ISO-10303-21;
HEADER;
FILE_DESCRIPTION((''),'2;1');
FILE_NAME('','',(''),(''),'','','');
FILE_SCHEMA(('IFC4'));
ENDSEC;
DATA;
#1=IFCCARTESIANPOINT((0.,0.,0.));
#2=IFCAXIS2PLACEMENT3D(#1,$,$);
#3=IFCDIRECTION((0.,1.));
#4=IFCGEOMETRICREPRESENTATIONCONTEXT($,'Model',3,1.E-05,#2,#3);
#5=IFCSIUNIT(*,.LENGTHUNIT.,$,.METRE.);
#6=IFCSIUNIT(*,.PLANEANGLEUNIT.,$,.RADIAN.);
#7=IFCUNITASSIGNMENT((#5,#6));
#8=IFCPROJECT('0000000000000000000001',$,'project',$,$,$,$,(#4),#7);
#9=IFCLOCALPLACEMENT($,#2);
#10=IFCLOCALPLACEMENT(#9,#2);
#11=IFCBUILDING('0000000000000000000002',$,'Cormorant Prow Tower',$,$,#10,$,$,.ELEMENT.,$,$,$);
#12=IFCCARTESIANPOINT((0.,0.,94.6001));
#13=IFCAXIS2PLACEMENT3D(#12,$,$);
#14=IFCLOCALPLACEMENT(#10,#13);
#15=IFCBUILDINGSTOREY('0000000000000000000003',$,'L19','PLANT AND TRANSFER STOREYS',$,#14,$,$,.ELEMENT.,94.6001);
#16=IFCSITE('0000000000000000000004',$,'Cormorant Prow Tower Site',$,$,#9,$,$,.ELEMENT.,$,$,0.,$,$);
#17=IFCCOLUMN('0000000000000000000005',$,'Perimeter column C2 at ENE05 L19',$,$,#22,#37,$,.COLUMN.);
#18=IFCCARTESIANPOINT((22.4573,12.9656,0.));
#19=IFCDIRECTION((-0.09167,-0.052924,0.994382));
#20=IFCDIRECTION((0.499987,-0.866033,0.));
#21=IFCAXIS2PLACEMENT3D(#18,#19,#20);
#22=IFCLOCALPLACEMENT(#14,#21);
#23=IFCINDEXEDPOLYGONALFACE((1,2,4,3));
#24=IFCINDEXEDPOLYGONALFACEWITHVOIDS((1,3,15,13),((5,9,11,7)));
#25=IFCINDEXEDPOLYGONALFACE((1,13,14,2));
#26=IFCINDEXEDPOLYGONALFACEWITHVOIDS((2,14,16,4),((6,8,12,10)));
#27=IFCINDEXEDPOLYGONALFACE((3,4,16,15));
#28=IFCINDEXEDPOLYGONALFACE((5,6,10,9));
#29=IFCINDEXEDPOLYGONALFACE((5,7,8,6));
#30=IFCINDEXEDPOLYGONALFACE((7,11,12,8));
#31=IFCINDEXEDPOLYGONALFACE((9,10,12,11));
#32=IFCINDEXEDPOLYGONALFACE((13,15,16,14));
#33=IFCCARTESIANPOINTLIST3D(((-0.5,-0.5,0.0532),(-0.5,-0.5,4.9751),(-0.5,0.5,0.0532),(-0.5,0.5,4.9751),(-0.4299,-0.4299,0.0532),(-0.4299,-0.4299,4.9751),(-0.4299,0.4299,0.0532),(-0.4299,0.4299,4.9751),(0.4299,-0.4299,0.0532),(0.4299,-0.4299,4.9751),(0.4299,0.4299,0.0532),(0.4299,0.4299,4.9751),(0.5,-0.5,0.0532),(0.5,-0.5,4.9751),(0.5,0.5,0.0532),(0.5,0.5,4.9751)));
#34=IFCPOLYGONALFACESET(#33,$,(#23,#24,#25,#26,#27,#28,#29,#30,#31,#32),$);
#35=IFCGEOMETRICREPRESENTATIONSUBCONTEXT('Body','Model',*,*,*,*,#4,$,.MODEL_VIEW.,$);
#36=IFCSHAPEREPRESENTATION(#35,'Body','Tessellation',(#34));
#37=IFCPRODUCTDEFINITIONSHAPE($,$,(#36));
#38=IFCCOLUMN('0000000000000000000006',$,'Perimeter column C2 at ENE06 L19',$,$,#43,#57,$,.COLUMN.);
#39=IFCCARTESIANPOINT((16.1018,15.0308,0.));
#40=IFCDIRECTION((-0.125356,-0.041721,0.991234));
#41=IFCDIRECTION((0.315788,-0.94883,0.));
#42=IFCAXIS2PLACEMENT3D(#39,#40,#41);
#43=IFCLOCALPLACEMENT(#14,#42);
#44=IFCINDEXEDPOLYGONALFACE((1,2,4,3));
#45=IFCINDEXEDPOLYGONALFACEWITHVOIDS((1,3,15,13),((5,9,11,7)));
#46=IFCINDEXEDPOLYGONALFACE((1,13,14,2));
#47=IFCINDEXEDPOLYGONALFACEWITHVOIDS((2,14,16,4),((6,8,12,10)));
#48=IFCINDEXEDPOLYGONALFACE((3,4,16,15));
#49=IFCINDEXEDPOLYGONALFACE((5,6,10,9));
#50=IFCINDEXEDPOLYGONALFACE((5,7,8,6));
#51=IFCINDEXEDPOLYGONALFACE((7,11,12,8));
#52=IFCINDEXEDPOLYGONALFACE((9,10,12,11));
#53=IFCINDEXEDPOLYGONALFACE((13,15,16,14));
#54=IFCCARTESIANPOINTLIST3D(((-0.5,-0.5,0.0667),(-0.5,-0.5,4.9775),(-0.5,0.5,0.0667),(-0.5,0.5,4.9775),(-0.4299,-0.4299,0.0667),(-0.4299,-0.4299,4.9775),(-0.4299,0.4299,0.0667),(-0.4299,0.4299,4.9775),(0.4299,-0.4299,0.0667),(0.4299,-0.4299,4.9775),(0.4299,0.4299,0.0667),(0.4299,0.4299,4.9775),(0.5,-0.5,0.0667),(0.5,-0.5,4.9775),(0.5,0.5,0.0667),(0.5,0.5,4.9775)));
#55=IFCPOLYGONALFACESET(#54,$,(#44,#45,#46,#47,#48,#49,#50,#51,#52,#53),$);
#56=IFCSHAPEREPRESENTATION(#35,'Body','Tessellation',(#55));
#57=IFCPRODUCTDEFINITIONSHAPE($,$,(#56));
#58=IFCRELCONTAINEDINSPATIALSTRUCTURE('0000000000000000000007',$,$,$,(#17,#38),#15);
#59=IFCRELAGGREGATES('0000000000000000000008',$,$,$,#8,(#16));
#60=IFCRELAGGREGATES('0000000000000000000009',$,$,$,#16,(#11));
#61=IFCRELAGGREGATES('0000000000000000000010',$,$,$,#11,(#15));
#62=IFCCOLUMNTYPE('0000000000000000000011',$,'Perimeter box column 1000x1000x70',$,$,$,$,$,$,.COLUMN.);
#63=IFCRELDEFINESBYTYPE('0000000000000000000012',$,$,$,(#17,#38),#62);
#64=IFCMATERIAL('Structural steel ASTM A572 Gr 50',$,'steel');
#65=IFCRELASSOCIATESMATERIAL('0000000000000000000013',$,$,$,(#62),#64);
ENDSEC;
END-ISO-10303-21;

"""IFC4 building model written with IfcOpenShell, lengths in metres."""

from ifc_helpers import new_model, si_unit, direction, frame, origin, origin_2d, place, context, subcontext, project, spatial, hollow_rectangle, extrude, material, material_profile, profile_set, type_object, element, save


model = new_model("IFC4")

# Units and contexts
model_context = context("Model", 3, precision=1e-05, world=origin(), true_north=direction((0.0, 1.0)))
body_context = subcontext(model_context, "Body", "Model", "MODEL_VIEW")
ifc_project = project(units=[si_unit("LENGTHUNIT", "METRE"), si_unit("PLANEANGLEUNIT", "RADIAN")], contexts=[model_context])

# Site, building, storey
site_placement = place(None, origin())
site = spatial("IfcSite", under=ifc_project, at=site_placement, Name="Cormorant Prow Tower Site", CompositionType="ELEMENT", RefElevation=0.0)
building_placement = place(site_placement, origin())
building = spatial("IfcBuilding", under=site, at=building_placement, Name="Cormorant Prow Tower", CompositionType="ELEMENT")
storey_placement = place(building_placement, frame((0.0, 0.0, 94.6001)))
storey = spatial("IfcBuildingStorey", under=building, at=storey_placement, Name="L19", Description="PLANT AND TRANSFER STOREYS", CompositionType="ELEMENT", Elevation=94.6001)

# Columns
ifc_material_1 = material(Name="Structural steel ASTM A572 Gr 50", Category="steel")
ifc_material_profile_1 = material_profile(ifc_material_1, hollow_rectangle(XDim=1.0, YDim=1.0, WallThickness=0.0701, at=origin_2d()), Name="Box 1000x1000x70")
ifc_profile_set_1 = profile_set([ifc_material_profile_1], Name="Structural steel ASTM A572 Gr 50")
column_type_1 = type_object("IfcColumnType", Name="Perimeter box column 1000x1000x70", PredefinedType="COLUMN", material=ifc_profile_set_1)
column_1_placement = place(storey_placement, frame((22.4573, 12.9656, 0.0), z_axis=(-0.09167, -0.052924, 0.994382), x_axis=(0.499987, -0.866033, 0.0)))
element("IfcColumn", 1, at=column_1_placement, inside=storey, type_object=column_type_1, Name="Perimeter column C2 at ENE05 L19", PredefinedType="COLUMN", context=body_context, shape_type="SweptSolid", body=[
    extrude(hollow_rectangle(XDim=1.0, YDim=1.0, WallThickness=0.0701, at=origin_2d()), frame((0.0, 0.0, 0.0532)), (0.0, 0.0, 1.0), 4.9219),
])
column_2_placement = place(storey_placement, frame((16.1018, 15.0308, 0.0), z_axis=(-0.125356, -0.041721, 0.991234), x_axis=(0.315788, -0.94883, 0.0)))
element("IfcColumn", 2, at=column_2_placement, inside=storey, type_object=column_type_1, Name="Perimeter column C2 at ENE06 L19", PredefinedType="COLUMN", context=body_context, shape_type="SweptSolid", body=[
    extrude(hollow_rectangle(XDim=1.0, YDim=1.0, WallThickness=0.0701, at=origin_2d()), frame((0.0, 0.0, 0.0667)), (0.0, 0.0, 1.0), 4.9109),
])

save(model, "model.ifc")
